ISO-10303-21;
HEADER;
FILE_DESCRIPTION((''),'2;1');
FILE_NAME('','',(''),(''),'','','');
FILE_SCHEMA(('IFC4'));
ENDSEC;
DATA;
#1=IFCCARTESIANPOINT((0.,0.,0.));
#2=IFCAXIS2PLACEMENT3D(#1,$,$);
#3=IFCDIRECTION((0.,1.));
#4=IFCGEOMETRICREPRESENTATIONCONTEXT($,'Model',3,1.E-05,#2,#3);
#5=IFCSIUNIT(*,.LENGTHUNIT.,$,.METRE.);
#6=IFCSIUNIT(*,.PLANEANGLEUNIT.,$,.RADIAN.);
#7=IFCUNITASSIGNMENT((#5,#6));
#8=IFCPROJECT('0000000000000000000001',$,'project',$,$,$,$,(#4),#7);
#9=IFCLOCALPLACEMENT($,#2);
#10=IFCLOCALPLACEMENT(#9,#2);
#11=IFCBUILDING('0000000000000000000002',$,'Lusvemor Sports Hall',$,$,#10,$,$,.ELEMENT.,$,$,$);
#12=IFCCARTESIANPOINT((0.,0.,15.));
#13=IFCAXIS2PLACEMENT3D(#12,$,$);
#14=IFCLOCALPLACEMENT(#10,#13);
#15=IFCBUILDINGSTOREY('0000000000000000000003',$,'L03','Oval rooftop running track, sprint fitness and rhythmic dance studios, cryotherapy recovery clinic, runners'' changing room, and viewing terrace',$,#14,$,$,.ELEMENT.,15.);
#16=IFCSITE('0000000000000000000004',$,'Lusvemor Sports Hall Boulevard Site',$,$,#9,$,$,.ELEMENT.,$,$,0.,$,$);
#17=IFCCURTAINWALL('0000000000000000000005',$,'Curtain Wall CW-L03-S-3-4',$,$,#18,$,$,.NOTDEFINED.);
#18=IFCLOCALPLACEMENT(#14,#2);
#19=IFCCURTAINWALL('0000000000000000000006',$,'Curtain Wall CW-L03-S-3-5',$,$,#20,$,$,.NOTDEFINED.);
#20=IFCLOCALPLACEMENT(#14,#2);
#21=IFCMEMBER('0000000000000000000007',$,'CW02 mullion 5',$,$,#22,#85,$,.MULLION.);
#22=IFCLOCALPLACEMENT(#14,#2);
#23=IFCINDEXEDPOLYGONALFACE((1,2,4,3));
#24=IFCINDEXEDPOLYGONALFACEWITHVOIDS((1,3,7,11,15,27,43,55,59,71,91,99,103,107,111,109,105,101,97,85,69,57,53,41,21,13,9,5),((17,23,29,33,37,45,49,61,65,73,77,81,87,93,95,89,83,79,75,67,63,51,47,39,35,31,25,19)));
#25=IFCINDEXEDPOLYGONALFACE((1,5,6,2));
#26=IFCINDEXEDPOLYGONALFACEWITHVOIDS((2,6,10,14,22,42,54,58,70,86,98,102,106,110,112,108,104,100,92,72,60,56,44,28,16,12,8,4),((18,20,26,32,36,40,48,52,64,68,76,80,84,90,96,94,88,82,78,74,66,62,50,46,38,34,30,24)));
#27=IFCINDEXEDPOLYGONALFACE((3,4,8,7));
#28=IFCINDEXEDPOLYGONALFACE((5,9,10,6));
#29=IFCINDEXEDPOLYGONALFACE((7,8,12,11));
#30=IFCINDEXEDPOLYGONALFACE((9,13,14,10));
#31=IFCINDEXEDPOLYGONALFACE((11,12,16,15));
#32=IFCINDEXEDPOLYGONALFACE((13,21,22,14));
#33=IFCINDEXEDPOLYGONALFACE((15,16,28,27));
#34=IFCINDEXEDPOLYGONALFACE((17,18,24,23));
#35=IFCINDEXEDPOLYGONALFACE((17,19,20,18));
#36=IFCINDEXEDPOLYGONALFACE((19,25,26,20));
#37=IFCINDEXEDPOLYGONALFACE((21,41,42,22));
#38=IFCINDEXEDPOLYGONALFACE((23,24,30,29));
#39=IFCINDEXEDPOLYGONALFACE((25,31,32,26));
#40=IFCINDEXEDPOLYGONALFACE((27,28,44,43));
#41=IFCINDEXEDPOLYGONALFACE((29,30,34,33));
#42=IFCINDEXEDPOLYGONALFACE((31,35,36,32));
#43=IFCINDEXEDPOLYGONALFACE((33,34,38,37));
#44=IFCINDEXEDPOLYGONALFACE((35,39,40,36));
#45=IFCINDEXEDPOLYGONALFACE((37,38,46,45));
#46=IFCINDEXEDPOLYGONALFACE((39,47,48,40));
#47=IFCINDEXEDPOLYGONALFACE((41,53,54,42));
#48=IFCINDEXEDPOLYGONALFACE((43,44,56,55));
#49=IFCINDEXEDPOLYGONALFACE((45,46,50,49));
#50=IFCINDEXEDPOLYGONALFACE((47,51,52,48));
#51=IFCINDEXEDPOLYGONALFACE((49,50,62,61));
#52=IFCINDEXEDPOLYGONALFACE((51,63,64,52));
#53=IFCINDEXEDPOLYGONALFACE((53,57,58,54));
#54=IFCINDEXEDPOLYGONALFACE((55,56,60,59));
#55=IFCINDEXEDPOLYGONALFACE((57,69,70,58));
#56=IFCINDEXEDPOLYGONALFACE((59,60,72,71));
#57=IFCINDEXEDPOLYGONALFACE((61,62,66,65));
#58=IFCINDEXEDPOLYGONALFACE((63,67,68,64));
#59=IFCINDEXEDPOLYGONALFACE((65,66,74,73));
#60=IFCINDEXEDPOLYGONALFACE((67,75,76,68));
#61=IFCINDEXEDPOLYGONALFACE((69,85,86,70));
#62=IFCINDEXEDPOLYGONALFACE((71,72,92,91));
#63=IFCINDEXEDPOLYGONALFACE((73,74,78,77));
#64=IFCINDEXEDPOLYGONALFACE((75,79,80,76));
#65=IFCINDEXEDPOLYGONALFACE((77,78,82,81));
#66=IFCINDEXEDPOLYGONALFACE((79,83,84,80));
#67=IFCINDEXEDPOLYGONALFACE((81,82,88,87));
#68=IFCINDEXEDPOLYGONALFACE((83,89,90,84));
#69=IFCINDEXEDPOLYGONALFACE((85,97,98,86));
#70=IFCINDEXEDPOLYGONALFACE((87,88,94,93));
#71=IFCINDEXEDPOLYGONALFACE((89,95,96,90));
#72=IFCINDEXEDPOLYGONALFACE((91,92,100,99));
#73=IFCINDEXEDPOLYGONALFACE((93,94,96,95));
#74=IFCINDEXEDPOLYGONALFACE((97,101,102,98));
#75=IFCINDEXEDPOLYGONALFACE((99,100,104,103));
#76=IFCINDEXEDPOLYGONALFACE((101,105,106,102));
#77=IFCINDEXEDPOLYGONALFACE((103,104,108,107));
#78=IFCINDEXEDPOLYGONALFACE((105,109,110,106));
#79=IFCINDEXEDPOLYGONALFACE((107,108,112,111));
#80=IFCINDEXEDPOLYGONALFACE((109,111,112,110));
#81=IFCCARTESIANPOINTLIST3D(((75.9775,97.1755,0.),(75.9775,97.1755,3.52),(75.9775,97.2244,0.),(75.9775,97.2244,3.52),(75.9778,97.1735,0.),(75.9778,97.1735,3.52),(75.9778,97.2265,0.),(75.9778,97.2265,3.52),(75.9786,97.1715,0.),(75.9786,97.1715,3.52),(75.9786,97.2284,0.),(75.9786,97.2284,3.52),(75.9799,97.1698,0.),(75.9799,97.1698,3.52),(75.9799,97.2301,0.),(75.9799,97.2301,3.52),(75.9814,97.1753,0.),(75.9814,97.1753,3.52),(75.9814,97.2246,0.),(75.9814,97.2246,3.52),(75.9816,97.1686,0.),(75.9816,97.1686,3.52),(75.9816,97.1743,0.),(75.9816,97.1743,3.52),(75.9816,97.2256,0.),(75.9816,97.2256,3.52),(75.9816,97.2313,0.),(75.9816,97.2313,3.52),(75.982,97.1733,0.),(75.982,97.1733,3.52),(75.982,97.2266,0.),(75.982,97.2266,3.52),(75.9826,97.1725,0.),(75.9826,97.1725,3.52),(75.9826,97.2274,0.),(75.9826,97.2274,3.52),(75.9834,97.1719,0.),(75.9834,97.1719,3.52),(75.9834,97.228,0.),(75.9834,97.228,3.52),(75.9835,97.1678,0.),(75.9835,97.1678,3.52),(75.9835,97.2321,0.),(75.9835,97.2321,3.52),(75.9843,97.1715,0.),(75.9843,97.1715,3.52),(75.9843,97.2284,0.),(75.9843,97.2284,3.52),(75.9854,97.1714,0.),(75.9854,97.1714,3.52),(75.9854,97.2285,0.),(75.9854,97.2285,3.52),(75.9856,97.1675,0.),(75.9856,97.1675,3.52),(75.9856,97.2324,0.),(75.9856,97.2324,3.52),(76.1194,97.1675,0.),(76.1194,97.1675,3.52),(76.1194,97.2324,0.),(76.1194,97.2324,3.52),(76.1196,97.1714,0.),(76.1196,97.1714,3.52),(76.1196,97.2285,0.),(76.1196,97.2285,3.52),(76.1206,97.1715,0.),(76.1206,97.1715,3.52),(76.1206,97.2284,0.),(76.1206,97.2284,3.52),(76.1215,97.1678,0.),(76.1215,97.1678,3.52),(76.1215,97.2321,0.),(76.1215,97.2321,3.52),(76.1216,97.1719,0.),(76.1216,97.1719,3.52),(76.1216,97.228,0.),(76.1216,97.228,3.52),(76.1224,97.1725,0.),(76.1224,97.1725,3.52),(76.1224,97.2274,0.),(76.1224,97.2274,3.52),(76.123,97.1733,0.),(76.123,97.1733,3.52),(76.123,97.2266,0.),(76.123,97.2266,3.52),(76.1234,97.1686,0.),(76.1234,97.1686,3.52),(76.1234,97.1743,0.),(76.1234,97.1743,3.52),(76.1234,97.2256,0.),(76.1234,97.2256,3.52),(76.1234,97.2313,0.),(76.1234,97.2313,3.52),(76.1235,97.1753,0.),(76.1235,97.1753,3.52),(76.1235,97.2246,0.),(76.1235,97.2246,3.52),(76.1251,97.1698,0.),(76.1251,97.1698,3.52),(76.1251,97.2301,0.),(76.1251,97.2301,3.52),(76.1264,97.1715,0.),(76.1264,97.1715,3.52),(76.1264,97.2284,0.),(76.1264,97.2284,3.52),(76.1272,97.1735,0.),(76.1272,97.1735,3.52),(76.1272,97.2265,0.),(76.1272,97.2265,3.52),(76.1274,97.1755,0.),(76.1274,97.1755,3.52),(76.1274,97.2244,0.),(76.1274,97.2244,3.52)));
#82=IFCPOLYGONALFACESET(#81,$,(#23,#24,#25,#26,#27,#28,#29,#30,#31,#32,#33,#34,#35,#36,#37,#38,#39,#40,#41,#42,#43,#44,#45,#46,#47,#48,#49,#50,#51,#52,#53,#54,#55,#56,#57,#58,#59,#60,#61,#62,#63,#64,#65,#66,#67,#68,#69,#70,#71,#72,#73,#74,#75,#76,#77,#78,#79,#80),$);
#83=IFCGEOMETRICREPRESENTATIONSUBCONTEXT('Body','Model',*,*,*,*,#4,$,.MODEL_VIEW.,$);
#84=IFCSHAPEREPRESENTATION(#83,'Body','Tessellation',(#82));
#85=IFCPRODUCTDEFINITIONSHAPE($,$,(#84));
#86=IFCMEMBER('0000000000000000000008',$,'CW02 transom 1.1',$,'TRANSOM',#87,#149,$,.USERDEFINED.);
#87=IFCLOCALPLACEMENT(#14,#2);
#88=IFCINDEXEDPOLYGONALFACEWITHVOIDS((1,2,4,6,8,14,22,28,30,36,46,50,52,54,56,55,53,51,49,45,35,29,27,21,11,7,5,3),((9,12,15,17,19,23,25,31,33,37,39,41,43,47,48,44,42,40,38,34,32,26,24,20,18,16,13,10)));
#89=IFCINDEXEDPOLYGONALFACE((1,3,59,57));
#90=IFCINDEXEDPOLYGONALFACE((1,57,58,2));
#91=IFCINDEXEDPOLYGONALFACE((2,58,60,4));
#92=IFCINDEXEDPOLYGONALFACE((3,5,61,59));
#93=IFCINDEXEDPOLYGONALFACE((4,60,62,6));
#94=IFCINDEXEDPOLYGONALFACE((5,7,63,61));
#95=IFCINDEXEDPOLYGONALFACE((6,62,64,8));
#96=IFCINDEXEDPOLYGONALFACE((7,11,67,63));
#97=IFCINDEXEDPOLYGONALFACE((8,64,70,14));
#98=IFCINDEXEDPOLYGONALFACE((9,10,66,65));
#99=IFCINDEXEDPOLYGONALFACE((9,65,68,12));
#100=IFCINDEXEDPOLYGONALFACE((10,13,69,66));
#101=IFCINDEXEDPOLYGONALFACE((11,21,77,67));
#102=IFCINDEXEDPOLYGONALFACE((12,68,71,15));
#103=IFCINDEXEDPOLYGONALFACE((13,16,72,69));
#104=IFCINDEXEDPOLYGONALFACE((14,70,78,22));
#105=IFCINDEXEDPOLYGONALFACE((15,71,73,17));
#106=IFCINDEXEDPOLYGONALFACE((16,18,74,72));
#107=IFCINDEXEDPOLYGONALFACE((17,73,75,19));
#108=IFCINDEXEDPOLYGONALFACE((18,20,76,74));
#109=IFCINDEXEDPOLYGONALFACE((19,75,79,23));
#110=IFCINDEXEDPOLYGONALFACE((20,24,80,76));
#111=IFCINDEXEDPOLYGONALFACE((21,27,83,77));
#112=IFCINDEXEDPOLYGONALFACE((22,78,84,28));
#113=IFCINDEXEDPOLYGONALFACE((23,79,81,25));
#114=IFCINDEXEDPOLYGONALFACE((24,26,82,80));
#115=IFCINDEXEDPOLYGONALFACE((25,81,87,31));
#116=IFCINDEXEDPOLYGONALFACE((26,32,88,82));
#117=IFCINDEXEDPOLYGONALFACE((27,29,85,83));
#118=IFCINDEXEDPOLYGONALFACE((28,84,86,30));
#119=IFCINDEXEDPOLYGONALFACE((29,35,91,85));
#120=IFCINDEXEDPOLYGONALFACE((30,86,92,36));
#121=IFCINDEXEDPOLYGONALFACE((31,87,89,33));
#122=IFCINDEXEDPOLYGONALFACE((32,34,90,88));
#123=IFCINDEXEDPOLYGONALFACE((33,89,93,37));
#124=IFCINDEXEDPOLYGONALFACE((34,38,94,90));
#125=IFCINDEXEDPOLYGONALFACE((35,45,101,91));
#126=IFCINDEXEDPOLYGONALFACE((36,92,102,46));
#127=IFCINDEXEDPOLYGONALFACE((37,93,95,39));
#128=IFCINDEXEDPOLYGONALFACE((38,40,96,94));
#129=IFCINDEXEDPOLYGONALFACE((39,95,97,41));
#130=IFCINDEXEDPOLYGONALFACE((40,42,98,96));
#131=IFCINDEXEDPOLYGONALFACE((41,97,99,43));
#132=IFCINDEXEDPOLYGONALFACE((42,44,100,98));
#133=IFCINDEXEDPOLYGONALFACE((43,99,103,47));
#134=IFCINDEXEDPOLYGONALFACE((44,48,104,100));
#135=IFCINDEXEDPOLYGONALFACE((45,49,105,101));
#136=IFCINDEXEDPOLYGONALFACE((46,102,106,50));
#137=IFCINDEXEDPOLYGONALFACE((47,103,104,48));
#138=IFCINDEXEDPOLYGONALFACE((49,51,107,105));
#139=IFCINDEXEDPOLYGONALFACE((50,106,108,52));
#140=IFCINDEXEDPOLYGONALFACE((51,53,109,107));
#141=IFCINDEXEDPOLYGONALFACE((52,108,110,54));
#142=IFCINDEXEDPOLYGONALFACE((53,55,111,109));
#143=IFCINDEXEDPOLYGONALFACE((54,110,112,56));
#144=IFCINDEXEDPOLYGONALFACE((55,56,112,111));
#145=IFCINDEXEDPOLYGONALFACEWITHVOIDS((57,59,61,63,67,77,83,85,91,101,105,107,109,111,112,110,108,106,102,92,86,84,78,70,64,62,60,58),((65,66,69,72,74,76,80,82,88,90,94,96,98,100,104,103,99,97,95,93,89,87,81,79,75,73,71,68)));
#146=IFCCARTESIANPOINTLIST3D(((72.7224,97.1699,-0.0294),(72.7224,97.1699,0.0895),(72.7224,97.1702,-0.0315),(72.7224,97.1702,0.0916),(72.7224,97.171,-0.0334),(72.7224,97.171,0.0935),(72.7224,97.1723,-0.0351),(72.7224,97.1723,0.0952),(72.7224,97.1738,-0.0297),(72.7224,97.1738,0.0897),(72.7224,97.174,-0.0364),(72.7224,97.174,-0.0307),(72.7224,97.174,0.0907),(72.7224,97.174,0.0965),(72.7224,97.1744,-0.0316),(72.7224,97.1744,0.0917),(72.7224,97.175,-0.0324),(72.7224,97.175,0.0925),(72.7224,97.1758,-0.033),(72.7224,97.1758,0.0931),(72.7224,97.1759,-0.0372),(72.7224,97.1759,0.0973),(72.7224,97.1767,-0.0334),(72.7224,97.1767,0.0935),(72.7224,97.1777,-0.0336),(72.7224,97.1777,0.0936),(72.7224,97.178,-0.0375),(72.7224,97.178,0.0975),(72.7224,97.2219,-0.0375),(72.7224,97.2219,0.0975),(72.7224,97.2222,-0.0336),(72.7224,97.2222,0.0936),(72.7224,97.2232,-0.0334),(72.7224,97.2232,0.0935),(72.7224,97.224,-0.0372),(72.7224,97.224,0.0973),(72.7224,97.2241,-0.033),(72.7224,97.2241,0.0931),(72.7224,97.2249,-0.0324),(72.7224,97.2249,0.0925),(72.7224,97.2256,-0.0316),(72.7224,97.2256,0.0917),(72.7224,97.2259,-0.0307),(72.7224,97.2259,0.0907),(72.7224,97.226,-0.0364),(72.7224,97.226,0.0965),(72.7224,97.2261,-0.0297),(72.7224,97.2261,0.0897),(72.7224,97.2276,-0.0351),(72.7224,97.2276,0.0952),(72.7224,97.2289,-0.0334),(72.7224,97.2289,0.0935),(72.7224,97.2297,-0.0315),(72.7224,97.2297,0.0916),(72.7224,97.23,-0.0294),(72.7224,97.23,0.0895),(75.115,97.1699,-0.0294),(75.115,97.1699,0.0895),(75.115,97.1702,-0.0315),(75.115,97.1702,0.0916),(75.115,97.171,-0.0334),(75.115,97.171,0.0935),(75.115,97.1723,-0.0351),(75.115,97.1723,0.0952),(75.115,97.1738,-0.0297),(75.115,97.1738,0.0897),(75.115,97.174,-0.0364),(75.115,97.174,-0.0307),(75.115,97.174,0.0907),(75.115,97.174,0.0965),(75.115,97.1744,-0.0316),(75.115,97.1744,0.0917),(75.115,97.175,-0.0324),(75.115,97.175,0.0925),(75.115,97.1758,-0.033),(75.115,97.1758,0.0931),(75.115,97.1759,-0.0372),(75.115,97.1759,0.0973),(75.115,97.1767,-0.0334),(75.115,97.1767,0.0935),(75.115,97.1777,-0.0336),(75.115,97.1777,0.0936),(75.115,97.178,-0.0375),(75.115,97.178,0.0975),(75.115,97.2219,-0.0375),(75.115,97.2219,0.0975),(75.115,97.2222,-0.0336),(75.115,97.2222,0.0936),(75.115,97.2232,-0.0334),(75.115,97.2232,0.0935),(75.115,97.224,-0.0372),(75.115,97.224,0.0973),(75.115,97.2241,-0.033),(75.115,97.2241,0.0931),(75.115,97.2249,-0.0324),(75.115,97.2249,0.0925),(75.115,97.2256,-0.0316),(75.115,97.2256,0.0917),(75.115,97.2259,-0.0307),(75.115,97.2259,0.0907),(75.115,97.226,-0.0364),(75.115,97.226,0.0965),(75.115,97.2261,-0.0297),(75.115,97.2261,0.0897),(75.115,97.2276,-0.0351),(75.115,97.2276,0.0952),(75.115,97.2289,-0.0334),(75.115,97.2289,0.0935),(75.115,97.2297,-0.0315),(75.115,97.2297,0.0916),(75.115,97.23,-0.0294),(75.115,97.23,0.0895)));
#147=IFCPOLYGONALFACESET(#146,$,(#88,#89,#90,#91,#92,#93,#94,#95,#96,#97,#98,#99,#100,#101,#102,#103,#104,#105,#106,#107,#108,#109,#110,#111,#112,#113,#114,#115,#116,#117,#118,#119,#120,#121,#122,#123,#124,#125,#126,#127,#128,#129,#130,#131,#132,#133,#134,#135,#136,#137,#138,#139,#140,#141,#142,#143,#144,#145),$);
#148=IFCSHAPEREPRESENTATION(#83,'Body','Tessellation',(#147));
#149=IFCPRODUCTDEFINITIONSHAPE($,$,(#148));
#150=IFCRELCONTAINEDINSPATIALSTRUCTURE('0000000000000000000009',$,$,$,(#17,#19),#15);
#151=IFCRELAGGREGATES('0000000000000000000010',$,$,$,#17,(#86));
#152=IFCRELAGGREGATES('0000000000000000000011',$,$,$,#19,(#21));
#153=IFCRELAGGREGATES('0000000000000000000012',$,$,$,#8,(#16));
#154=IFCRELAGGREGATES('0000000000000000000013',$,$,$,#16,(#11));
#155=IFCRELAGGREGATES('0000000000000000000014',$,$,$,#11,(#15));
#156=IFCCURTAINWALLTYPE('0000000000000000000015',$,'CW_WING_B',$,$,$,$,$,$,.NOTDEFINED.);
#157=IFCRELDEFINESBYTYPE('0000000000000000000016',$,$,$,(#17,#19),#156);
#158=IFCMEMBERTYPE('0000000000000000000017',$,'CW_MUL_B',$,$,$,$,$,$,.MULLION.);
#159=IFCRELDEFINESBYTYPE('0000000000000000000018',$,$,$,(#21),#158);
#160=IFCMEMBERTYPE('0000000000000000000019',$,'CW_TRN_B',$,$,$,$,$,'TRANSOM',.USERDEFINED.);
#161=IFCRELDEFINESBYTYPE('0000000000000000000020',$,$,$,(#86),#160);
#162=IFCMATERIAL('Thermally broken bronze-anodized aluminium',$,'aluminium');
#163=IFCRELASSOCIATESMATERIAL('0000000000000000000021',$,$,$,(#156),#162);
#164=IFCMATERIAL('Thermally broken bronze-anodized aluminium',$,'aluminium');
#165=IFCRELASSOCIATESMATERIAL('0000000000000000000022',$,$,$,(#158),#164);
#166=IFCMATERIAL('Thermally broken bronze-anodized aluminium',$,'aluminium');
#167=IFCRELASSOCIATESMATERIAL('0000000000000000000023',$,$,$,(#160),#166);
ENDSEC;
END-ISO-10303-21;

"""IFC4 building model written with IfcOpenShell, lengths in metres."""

from ifc_helpers import new_model, si_unit, direction, frame, origin, origin_2d, place, context, subcontext, project, spatial, hollow_rectangle, extrude, material, material_profile, profile_set, type_object, element, aggregate, save


model = new_model("IFC4")

# Units and contexts
model_context = context("Model", 3, precision=1e-05, world=origin(), true_north=direction((0.0, 1.0)))
body_context = subcontext(model_context, "Body", "Model", "MODEL_VIEW")
ifc_project = project(units=[si_unit("LENGTHUNIT", "METRE"), si_unit("PLANEANGLEUNIT", "RADIAN")], contexts=[model_context])

# Site, building, storey
site_placement = place(None, origin())
site = spatial("IfcSite", under=ifc_project, at=site_placement, Name="Lusvemor Sports Hall Boulevard Site", CompositionType="ELEMENT", RefElevation=0.0)
building_placement = place(site_placement, origin())
building = spatial("IfcBuilding", under=site, at=building_placement, Name="Lusvemor Sports Hall", CompositionType="ELEMENT")
storey_placement = place(building_placement, frame((0.0, 0.0, 15.0)))
storey = spatial("IfcBuildingStorey", under=building, at=storey_placement, Name="L03", Description="Oval rooftop running track, sprint fitness and rhythmic dance studios, cryotherapy recovery clinic, runners' changing room, and viewing terrace", CompositionType="ELEMENT", Elevation=15.0)

# Curtain wall
ifc_material_1 = material(Name="Thermally broken bronze-anodized aluminium", Category="aluminium")
curtain_wall_type = type_object("IfcCurtainWallType", Name="CW_WING_B", PredefinedType="NOTDEFINED", material=ifc_material_1)
curtain_wall_1_placement = place(storey_placement, origin())
curtain_wall_1 = element("IfcCurtainWall", 1, at=curtain_wall_1_placement, inside=storey, type_object=curtain_wall_type, Name="Curtain Wall CW-L03-S-3-4", PredefinedType="NOTDEFINED")
ifc_material_2 = material(Name="Thermally broken bronze-anodized aluminium", Category="aluminium")
ifc_material_profile_1 = material_profile(ifc_material_2, hollow_rectangle(XDim=0.0649, YDim=0.1499, WallThickness=0.0039, InnerFilletRadius=0.0039, OuterFilletRadius=0.0081, at=origin_2d()), Name="CWMUL150x65x4")
ifc_profile_set_1 = profile_set([ifc_material_profile_1], Name="Thermally broken bronze-anodized aluminium")
member_type_1 = type_object("IfcMemberType", Name="CW_MUL_B", PredefinedType="MULLION", material=ifc_profile_set_1)

# Curtain wall, member
curtain_wall_2_placement = place(storey_placement, origin())
curtain_wall_2 = element("IfcCurtainWall", 2, at=curtain_wall_2_placement, inside=storey, type_object=curtain_wall_type, Name="Curtain Wall CW-L03-S-3-5", PredefinedType="NOTDEFINED")
member_1_placement = place(storey_placement, frame((76.0525, 97.2, 0.0), z_axis=(0.0, 0.0, 1.0), x_axis=(0.0, -1.0, 0.0)))
member_1 = element("IfcMember", 3, at=member_1_placement, type_object=member_type_1, Name="CW02 mullion 5", PredefinedType="MULLION", context=body_context, shape_type="SweptSolid", body=[
    extrude(hollow_rectangle(XDim=0.0649, YDim=0.1499, WallThickness=0.0039, InnerFilletRadius=0.0039, OuterFilletRadius=0.0081, at=origin_2d()), origin(), (0.0, 0.0, 1.0), 3.52),
])

# Member
ifc_material_3 = material(Name="Thermally broken bronze-anodized aluminium", Category="aluminium")
ifc_material_profile_2 = material_profile(ifc_material_3, hollow_rectangle(XDim=0.0601, YDim=0.135, WallThickness=0.0039, InnerFilletRadius=0.0039, OuterFilletRadius=0.0081, at=origin_2d()), Name="CWTRN135x60x4")
ifc_profile_set_2 = profile_set([ifc_material_profile_2], Name="Thermally broken bronze-anodized aluminium")
member_type_2 = type_object("IfcMemberType", Name="CW_TRN_B", ElementType="TRANSOM", PredefinedType="USERDEFINED", material=ifc_profile_set_2)
member_2_placement = place(storey_placement, frame((75.115, 97.2, 0.03), z_axis=(-1.0, 0.0, 0.0), x_axis=(0.0, -1.0, 0.0)))
member_2 = element("IfcMember", 4, at=member_2_placement, type_object=member_type_2, Name="CW02 transom 1.1", ObjectType="TRANSOM", PredefinedType="USERDEFINED", context=body_context, shape_type="SweptSolid", body=[
    extrude(hollow_rectangle(XDim=0.0601, YDim=0.135, WallThickness=0.0039, InnerFilletRadius=0.0039, OuterFilletRadius=0.0081, at=origin_2d()), origin(), (0.0, 0.0, 1.0), 2.3926),
])

aggregate(curtain_wall_1, [member_2])
aggregate(curtain_wall_2, [member_1])

save(model, "model.ifc")
